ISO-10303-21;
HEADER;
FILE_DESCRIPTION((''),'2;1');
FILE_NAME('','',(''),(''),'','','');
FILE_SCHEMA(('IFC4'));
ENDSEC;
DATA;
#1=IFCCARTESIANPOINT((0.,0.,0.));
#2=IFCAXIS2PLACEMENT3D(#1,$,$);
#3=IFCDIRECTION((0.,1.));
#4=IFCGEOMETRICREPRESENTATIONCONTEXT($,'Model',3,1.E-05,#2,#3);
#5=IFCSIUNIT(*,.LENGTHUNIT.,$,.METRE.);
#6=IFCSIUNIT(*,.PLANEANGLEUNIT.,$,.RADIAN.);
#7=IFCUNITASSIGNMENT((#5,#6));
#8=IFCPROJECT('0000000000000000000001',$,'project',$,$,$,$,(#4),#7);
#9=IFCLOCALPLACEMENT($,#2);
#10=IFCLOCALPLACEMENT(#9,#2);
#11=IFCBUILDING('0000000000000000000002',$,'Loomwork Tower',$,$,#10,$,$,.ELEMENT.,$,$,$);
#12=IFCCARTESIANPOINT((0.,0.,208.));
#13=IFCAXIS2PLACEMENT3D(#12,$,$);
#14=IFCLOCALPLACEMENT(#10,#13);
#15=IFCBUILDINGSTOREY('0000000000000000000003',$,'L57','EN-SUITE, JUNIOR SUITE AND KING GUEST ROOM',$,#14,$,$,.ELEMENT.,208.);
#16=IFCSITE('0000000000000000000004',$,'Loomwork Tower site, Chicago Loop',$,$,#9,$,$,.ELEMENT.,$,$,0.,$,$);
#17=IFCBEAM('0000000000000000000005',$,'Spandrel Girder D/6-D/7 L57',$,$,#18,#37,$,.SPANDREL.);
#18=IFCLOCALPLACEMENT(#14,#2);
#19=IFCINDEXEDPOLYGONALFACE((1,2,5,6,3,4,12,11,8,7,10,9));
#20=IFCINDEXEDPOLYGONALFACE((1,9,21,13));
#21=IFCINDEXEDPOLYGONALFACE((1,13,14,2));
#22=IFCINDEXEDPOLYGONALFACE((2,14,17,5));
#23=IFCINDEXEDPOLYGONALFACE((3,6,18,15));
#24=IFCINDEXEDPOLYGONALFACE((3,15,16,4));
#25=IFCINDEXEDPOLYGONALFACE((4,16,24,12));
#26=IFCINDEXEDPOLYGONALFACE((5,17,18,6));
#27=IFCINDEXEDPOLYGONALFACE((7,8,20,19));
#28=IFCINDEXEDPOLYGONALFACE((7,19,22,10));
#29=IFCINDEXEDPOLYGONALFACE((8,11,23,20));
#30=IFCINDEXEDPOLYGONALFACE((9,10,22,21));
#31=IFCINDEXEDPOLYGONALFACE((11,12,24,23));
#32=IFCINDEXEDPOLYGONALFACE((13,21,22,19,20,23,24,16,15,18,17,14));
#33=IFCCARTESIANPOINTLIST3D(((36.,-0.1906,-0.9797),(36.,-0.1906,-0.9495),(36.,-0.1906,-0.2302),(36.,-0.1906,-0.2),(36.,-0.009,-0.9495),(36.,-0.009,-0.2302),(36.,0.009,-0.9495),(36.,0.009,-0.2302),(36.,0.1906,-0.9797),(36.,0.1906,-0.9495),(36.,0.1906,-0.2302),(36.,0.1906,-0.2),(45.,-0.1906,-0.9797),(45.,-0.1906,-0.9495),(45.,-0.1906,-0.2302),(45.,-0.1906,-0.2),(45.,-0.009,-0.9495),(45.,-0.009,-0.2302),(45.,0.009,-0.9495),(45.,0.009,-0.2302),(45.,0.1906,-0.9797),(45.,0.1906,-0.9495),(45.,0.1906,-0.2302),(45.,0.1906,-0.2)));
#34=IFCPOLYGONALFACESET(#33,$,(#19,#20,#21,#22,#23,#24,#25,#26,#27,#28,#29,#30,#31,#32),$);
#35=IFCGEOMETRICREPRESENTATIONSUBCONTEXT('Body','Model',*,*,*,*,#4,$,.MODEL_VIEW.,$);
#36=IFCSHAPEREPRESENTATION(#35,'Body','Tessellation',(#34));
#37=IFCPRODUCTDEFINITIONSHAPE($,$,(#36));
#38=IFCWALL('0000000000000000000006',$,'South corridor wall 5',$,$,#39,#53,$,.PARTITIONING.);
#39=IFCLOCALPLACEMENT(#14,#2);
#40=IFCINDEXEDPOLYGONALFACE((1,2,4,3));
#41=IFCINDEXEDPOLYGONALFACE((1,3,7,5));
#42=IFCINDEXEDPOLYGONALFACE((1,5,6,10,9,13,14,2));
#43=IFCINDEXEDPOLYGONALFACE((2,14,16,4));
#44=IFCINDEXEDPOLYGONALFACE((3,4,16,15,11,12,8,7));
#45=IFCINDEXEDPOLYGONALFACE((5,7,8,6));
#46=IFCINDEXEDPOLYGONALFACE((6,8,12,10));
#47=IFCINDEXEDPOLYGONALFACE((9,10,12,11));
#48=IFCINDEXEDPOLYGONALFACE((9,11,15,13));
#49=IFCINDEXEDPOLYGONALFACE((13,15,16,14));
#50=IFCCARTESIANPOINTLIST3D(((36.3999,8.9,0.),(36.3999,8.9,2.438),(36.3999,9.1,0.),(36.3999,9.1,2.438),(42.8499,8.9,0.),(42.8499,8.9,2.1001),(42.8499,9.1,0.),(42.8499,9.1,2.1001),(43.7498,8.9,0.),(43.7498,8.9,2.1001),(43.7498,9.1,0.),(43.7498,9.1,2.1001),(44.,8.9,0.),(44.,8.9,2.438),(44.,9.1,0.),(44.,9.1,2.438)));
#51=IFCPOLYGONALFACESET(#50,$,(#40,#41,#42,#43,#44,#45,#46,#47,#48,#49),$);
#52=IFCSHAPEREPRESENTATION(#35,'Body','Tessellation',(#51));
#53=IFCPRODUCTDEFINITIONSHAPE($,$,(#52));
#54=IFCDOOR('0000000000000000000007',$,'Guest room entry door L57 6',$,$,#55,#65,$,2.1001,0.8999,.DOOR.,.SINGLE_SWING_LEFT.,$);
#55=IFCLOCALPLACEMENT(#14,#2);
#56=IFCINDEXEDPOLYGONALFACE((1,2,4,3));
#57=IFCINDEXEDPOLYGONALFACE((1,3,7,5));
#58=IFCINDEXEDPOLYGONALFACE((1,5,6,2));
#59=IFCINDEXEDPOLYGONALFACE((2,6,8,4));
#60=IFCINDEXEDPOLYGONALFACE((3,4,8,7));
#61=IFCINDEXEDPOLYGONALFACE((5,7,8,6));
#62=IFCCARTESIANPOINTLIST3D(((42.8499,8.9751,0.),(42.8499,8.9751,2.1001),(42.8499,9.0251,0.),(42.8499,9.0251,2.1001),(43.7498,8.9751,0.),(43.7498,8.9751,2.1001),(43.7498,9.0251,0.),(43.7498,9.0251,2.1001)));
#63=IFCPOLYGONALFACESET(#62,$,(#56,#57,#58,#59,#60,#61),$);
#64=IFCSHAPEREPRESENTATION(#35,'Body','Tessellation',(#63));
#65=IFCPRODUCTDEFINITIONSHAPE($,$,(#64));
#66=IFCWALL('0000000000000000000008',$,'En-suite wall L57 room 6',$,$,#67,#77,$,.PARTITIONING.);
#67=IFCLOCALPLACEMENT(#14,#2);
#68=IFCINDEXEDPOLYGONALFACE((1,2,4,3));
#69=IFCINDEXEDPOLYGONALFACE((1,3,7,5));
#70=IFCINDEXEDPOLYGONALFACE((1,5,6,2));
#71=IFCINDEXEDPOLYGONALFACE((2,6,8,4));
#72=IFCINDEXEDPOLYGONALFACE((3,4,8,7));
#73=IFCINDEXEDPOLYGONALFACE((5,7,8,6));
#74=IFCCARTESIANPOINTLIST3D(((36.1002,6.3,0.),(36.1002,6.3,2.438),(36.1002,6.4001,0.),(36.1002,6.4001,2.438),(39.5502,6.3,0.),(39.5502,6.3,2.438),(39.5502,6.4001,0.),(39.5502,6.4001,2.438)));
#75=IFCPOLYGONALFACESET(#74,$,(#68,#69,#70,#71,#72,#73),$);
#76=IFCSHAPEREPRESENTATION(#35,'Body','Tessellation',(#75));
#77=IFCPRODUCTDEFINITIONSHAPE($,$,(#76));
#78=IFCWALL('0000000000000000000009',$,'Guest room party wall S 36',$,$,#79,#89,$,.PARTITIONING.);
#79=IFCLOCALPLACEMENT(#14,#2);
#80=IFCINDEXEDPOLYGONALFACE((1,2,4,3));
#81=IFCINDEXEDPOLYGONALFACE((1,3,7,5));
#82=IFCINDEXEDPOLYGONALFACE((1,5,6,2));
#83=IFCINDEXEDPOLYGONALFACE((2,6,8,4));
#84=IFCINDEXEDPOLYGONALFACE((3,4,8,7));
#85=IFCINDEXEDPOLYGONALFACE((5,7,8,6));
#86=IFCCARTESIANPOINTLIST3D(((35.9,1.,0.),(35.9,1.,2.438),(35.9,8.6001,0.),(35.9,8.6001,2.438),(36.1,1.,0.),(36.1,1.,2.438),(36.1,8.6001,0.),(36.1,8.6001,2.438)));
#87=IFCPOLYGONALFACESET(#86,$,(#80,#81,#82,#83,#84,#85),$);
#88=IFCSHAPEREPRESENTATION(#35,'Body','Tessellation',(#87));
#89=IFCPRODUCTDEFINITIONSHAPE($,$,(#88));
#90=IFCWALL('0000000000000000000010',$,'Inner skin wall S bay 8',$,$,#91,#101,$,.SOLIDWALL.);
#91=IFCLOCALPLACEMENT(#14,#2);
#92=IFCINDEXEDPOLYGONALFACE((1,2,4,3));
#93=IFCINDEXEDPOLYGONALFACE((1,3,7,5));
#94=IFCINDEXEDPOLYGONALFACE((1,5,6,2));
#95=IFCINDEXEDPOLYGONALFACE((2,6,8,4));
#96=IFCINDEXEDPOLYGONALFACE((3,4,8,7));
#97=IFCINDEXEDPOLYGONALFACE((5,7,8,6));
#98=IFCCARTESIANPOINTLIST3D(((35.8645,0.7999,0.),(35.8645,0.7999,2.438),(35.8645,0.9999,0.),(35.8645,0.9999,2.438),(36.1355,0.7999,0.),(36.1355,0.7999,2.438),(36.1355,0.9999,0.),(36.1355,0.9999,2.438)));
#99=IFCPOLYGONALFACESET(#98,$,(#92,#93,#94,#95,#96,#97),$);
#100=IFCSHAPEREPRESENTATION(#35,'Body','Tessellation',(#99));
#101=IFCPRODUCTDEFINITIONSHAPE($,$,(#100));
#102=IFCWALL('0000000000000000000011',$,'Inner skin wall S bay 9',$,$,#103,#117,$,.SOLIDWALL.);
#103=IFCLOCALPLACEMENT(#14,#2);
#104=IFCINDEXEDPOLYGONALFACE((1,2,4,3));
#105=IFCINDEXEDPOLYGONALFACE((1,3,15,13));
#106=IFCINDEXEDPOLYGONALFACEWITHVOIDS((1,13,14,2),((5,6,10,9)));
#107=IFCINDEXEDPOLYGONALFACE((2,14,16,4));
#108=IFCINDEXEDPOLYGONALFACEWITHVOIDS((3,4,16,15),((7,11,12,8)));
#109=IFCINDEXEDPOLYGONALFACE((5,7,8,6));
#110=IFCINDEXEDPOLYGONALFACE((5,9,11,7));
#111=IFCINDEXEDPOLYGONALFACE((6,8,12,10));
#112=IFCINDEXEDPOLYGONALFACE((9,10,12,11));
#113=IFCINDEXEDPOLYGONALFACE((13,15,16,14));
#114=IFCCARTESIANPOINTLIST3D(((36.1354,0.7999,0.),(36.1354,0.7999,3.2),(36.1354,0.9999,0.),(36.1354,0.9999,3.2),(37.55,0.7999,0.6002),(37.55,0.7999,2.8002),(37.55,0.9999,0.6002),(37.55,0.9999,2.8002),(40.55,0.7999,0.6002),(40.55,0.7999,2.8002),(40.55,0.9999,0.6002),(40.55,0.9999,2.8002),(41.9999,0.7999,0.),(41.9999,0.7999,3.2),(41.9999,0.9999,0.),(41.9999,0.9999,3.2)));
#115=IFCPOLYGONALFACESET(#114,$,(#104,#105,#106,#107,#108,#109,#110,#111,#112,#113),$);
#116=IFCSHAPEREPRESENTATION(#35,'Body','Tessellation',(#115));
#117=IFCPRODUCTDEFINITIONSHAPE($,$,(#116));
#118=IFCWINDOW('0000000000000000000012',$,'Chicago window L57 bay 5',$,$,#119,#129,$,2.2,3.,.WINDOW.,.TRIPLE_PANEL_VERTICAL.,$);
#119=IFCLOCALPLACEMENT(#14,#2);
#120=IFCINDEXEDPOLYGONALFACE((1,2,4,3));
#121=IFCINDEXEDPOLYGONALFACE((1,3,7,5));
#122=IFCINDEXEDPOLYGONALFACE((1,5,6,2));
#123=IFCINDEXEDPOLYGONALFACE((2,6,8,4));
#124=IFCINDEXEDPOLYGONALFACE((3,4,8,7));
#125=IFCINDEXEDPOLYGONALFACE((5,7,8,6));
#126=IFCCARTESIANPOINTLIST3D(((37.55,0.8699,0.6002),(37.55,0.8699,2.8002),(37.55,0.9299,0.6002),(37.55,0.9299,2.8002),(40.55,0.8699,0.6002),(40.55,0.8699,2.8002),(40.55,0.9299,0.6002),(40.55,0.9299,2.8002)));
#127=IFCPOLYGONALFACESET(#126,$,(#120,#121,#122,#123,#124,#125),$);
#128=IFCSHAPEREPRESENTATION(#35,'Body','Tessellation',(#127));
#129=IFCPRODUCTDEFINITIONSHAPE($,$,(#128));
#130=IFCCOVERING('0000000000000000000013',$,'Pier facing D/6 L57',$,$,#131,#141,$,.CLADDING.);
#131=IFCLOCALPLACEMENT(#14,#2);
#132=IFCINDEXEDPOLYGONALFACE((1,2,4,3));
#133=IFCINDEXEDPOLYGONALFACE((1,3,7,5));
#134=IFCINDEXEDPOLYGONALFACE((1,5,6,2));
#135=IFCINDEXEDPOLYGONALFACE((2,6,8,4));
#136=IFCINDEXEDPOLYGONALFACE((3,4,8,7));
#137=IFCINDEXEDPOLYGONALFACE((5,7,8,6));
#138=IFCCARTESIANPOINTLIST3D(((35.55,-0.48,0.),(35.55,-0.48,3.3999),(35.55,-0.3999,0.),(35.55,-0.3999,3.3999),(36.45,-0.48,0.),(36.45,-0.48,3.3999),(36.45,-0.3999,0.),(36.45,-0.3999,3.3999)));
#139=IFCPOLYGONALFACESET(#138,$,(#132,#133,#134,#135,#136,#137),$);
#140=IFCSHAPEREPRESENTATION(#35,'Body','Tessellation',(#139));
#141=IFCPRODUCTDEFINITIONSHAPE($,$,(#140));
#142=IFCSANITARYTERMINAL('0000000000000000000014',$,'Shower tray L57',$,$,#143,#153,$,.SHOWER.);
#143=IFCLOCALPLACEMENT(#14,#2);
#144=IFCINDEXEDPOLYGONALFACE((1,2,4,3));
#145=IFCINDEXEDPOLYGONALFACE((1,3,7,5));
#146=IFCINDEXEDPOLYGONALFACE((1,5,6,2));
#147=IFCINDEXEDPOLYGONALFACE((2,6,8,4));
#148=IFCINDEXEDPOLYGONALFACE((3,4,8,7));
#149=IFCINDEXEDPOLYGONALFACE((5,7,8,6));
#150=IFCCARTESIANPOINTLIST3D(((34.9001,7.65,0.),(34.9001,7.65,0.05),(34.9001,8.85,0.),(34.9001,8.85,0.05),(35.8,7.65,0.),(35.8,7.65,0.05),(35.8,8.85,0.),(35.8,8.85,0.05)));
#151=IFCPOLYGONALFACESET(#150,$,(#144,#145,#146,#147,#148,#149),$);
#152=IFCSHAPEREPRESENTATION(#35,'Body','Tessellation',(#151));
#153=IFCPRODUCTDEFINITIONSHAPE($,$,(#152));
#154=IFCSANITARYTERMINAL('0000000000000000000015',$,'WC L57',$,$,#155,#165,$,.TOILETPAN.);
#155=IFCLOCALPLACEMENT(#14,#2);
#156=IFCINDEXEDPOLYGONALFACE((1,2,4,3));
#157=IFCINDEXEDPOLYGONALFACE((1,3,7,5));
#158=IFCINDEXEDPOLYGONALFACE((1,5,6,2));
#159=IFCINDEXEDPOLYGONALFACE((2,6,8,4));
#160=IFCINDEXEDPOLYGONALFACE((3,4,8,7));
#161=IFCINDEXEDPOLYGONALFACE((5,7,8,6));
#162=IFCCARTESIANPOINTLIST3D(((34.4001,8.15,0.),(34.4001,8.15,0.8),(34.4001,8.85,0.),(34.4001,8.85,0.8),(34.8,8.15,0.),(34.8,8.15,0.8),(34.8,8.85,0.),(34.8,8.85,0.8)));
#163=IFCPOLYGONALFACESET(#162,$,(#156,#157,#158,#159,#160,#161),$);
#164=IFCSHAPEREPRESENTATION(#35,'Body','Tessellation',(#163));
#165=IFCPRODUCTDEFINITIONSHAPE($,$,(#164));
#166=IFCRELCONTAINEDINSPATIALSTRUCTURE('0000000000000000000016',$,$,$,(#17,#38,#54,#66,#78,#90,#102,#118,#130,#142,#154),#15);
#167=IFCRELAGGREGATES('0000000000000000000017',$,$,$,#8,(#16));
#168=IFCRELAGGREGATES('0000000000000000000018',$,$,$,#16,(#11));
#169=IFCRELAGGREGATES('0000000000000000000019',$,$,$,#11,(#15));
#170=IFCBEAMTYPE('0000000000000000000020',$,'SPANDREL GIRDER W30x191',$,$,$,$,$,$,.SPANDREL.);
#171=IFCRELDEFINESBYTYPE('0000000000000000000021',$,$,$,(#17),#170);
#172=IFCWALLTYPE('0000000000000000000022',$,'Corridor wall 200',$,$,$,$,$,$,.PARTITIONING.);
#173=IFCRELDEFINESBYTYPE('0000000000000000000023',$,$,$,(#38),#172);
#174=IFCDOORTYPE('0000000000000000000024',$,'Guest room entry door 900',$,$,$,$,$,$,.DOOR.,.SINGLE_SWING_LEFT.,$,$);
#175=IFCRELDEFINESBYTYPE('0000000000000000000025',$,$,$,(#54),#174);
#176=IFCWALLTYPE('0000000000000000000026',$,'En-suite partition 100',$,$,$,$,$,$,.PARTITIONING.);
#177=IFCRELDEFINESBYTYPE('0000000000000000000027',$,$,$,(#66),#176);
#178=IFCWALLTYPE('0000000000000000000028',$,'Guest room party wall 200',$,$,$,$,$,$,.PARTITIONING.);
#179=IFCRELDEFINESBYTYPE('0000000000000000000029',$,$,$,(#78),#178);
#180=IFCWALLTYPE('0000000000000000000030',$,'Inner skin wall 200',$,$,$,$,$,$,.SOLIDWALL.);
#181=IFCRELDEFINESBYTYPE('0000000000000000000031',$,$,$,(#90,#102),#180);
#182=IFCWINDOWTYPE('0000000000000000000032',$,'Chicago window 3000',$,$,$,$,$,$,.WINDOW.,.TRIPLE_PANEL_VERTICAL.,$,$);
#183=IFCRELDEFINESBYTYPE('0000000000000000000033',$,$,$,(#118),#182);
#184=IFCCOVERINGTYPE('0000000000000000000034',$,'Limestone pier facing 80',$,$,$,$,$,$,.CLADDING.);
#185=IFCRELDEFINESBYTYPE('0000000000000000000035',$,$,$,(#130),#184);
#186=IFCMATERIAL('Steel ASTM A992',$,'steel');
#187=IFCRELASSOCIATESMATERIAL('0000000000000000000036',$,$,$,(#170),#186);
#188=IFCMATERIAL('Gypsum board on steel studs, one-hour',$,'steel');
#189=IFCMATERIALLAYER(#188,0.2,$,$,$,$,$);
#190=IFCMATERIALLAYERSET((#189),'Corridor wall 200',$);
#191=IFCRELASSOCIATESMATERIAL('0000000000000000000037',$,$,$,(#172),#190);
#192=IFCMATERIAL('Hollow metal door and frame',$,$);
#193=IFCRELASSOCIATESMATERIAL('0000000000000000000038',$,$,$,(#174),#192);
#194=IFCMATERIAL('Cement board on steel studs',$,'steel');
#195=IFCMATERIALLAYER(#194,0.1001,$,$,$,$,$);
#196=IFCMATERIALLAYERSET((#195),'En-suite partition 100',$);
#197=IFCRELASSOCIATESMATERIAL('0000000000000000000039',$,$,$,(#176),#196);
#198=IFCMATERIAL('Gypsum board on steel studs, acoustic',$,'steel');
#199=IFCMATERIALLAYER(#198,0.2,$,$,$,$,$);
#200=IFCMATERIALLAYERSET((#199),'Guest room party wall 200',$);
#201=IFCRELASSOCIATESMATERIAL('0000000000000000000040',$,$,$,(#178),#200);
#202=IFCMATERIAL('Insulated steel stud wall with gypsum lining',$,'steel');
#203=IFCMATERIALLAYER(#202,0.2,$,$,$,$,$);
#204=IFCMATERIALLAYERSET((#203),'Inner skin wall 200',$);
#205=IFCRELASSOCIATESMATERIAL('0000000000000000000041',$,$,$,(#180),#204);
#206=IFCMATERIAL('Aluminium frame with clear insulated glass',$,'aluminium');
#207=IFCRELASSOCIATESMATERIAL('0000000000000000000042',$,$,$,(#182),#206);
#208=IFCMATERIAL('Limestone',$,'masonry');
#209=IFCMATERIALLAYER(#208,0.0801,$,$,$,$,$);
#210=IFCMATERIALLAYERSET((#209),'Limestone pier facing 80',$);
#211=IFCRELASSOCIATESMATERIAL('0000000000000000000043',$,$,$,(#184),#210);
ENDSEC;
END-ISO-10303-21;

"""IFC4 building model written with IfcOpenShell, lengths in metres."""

from ifc_helpers import new_model, si_unit, direction, frame, frame_2d, origin, origin_2d, place, context, subcontext, project, spatial, rectangle, i_section, extrude, material, layer, layer_set, material_profile, profile_set, type_object, element, fill, save


model = new_model("IFC4")

# Units and contexts
model_context = context("Model", 3, precision=1e-05, world=origin(), true_north=direction((0.0, 1.0)))
body_context = subcontext(model_context, "Body", "Model", "MODEL_VIEW")
ifc_project = project(units=[si_unit("LENGTHUNIT", "METRE"), si_unit("PLANEANGLEUNIT", "RADIAN")], contexts=[model_context])

# Site, building, storey
site_placement = place(None, origin())
site = spatial("IfcSite", under=ifc_project, at=site_placement, Name="Loomwork Tower site, Chicago Loop", CompositionType="ELEMENT", RefElevation=0.0)
building_placement = place(site_placement, origin())
building = spatial("IfcBuilding", under=site, at=building_placement, Name="Loomwork Tower", CompositionType="ELEMENT")
storey_placement = place(building_placement, frame((0.0, 0.0, 208.0)))
storey = spatial("IfcBuildingStorey", under=building, at=storey_placement, Name="L57", Description="EN-SUITE, JUNIOR SUITE AND KING GUEST ROOM", CompositionType="ELEMENT", Elevation=208.0)

# Beam
ifc_material_1 = material(Name="Steel ASTM A992", Category="steel")
ifc_material_profile_1 = material_profile(ifc_material_1, i_section(OverallWidth=0.3811, OverallDepth=0.7798, WebThickness=0.0181, FlangeThickness=0.0303, at=origin_2d()), Name="W30x191")
ifc_profile_set_1 = profile_set([ifc_material_profile_1], Name="Steel ASTM A992")
beam_type_1 = type_object("IfcBeamType", Name="SPANDREL GIRDER W30x191", PredefinedType="SPANDREL", material=ifc_profile_set_1)
beam_1_placement = place(storey_placement, frame((36.0, 0.0, -0.5898), z_axis=(1.0, 0.0, 0.0), x_axis=(0.0, 1.0, 0.0)))
element("IfcBeam", 1, at=beam_1_placement, inside=storey, type_object=beam_type_1, Name="Spandrel Girder D/6-D/7 L57", PredefinedType="SPANDREL", context=body_context, shape_type="SweptSolid", body=[
    extrude(i_section(OverallWidth=0.3811, OverallDepth=0.7798, WebThickness=0.0181, FlangeThickness=0.0303, at=origin_2d()), origin(), (0.0, 0.0, 1.0), 9.0),
])

# Wall, opening, door
ifc_material_2 = material(Name="Gypsum board on steel studs, one-hour", Category="steel")
ifc_layer_1 = layer(ifc_material_2, 0.2)
ifc_layer_set_1 = layer_set([ifc_layer_1], Name="Corridor wall 200")
wall_type_1 = type_object("IfcWallType", Name="Corridor wall 200", PredefinedType="PARTITIONING", material=ifc_layer_set_1)
wall_1_placement = place(storey_placement, frame((36.3999, 9.0, 0.0), z_axis=(0.0, 0.0, 1.0), x_axis=(1.0, 0.0, 0.0)))
wall_1 = element("IfcWall", 2, at=wall_1_placement, inside=storey, type_object=wall_type_1, Name="South corridor wall 5", PredefinedType="PARTITIONING", context=body_context, shape_type="SweptSolid", body=[
    extrude(rectangle(XDim=7.6001, YDim=0.2, at=frame_2d((3.8, 0.0))), origin(), (0.0, 0.0, 1.0), 2.438),
])
opening_1_placement = place(wall_1_placement, frame((6.45, 0.0, 0.0)))
opening_1 = element("IfcOpeningElement", 3, at=opening_1_placement, cuts=wall_1, PredefinedType="OPENING", context=body_context, shape_type="SweptSolid", body=[
    extrude(rectangle(XDim=0.8999, YDim=2.1001, at=frame_2d((0.45, 1.05))), frame((0.0, 0.1099, 0.0), z_axis=(0.0, -1.0, 0.0), x_axis=(1.0, 0.0, 0.0)), (0.0, 0.0, 1.0), 0.22),
])
ifc_material_3 = material(Name="Hollow metal door and frame")
door_type = type_object("IfcDoorType", Name="Guest room entry door 900", OperationType="SINGLE_SWING_LEFT", PredefinedType="DOOR", material=ifc_material_3)
door_placement = place(opening_1_placement, frame((0.8999, 0.0, 0.0), z_axis=(0.0, 0.0, 1.0), x_axis=(-1.0, 0.0, 0.0)))
door = element("IfcDoor", 4, at=door_placement, inside=storey, type_object=door_type, Name="Guest room entry door L57 6", OperationType="SINGLE_SWING_LEFT", OverallHeight=2.1001, OverallWidth=0.8999, PredefinedType="DOOR", context=body_context, shape_type="SweptSolid", body=[
    extrude(rectangle(XDim=0.8999, YDim=2.1001, at=frame_2d((0.45, 1.05))), frame((0.0, 0.0249, 0.0), z_axis=(0.0, -1.0, 0.0), x_axis=(1.0, 0.0, 0.0)), (0.0, 0.0, 1.0), 0.05),
])
fill(opening_1, door)

# Walls
ifc_material_4 = material(Name="Cement board on steel studs", Category="steel")
ifc_layer_2 = layer(ifc_material_4, 0.1001)
ifc_layer_set_2 = layer_set([ifc_layer_2], Name="En-suite partition 100")
wall_type_2 = type_object("IfcWallType", Name="En-suite partition 100", PredefinedType="PARTITIONING", material=ifc_layer_set_2)
wall_2_placement = place(storey_placement, frame((36.1001, 6.3501, 0.0), z_axis=(0.0, 0.0, 1.0), x_axis=(1.0, 0.0, 0.0)))
element("IfcWall", 5, at=wall_2_placement, inside=storey, type_object=wall_type_2, Name="En-suite wall L57 room 6", PredefinedType="PARTITIONING", context=body_context, shape_type="SweptSolid", body=[
    extrude(rectangle(XDim=3.45, YDim=0.1001, at=frame_2d((1.7251, 0.0))), origin(), (0.0, 0.0, 1.0), 2.438),
])
ifc_material_5 = material(Name="Gypsum board on steel studs, acoustic", Category="steel")
ifc_layer_3 = layer(ifc_material_5, 0.2)
ifc_layer_set_3 = layer_set([ifc_layer_3], Name="Guest room party wall 200")
wall_type_3 = type_object("IfcWallType", Name="Guest room party wall 200", PredefinedType="PARTITIONING", material=ifc_layer_set_3)
wall_3_placement = place(storey_placement, frame((36.0, 8.6001, 0.0), z_axis=(0.0, 0.0, 1.0), x_axis=(0.0, -1.0, 0.0)))
element("IfcWall", 6, at=wall_3_placement, inside=storey, type_object=wall_type_3, Name="Guest room party wall S 36", PredefinedType="PARTITIONING", context=body_context, shape_type="SweptSolid", body=[
    extrude(rectangle(XDim=7.6001, YDim=0.2, at=frame_2d((3.8, 0.0))), origin(), (0.0, 0.0, 1.0), 2.438),
])
ifc_material_6 = material(Name="Insulated steel stud wall with gypsum lining", Category="steel")
ifc_layer_4 = layer(ifc_material_6, 0.2)
ifc_layer_set_4 = layer_set([ifc_layer_4], Name="Inner skin wall 200")
wall_type_4 = type_object("IfcWallType", Name="Inner skin wall 200", PredefinedType="SOLIDWALL", material=ifc_layer_set_4)
wall_4_placement = place(storey_placement, frame((35.8645, 0.8999, 0.0), z_axis=(0.0, 0.0, 1.0), x_axis=(1.0, 0.0, 0.0)))
element("IfcWall", 7, at=wall_4_placement, inside=storey, type_object=wall_type_4, Name="Inner skin wall S bay 8", PredefinedType="SOLIDWALL", context=body_context, shape_type="SweptSolid", body=[
    extrude(rectangle(XDim=0.271, YDim=0.2, at=frame_2d((0.1355, 0.0))), origin(), (0.0, 0.0, 1.0), 2.438),
])

# Wall, opening, window
wall_5_placement = place(storey_placement, frame((36.1355, 0.8999, 0.0), z_axis=(0.0, 0.0, 1.0), x_axis=(1.0, 0.0, 0.0)))
wall_5 = element("IfcWall", 8, at=wall_5_placement, inside=storey, type_object=wall_type_4, Name="Inner skin wall S bay 9", PredefinedType="SOLIDWALL", context=body_context, shape_type="SweptSolid", body=[
    extrude(rectangle(XDim=5.8645, YDim=0.2, at=frame_2d((2.9321, 0.0))), origin(), (0.0, 0.0, 1.0), 3.2),
])
opening_2_placement = place(wall_5_placement, frame((1.4146, 0.0, 0.6001)))
opening_2 = element("IfcOpeningElement", 9, at=opening_2_placement, cuts=wall_5, PredefinedType="OPENING", context=body_context, shape_type="SweptSolid", body=[
    extrude(rectangle(XDim=3.0, YDim=2.2, at=frame_2d((1.5, 1.1001))), frame((0.0, 0.1099, 0.0), z_axis=(0.0, -1.0, 0.0), x_axis=(1.0, 0.0, 0.0)), (0.0, 0.0, 1.0), 0.22),
])
ifc_material_7 = material(Name="Aluminium frame with clear insulated glass", Category="aluminium")
window_type = type_object("IfcWindowType", Name="Chicago window 3000", PartitioningType="TRIPLE_PANEL_VERTICAL", PredefinedType="WINDOW", material=ifc_material_7)
window_placement = place(opening_2_placement, origin())
window = element("IfcWindow", 10, at=window_placement, inside=storey, type_object=window_type, Name="Chicago window L57 bay 5", OverallHeight=2.2, OverallWidth=3.0, PartitioningType="TRIPLE_PANEL_VERTICAL", PredefinedType="WINDOW", context=body_context, shape_type="SweptSolid", body=[
    extrude(rectangle(XDim=3.0, YDim=2.2, at=frame_2d((1.5, 1.1001))), frame((0.0, 0.03, 0.0), z_axis=(0.0, -1.0, 0.0), x_axis=(1.0, 0.0, 0.0)), (0.0, 0.0, 1.0), 0.0601),
])
fill(opening_2, window)

# Covering
ifc_material_8 = material(Name="Limestone", Category="masonry")
ifc_layer_5 = layer(ifc_material_8, 0.0801)
ifc_layer_set_5 = layer_set([ifc_layer_5], Name="Limestone pier facing 80")
covering_type = type_object("IfcCoveringType", Name="Limestone pier facing 80", PredefinedType="CLADDING", material=ifc_layer_set_5)
covering_placement = place(storey_placement, frame((36.0, -0.4399, 0.0), z_axis=(0.0, 0.0, 1.0), x_axis=(1.0, 0.0, 0.0)))
element("IfcCovering", 11, at=covering_placement, inside=storey, type_object=covering_type, Name="Pier facing D/6 L57", PredefinedType="CLADDING", context=body_context, shape_type="SweptSolid", body=[
    extrude(rectangle(XDim=0.8999, YDim=0.0801, at=origin_2d()), origin(), (0.0, 0.0, 1.0), 3.3999),
])

# Sanitary terminals
sanitary_terminal_1_placement = place(storey_placement, frame((35.3501, 8.25, 0.0), z_axis=(0.0, 0.0, 1.0), x_axis=(1.0, 0.0, 0.0)))
element("IfcSanitaryTerminal", 12, at=sanitary_terminal_1_placement, inside=storey, Name="Shower tray L57", PredefinedType="SHOWER", context=body_context, shape_type="SweptSolid", body=[
    extrude(rectangle(XDim=0.8999, YDim=1.2, at=origin_2d()), origin(), (0.0, 0.0, 1.0), 0.05),
])
sanitary_terminal_2_placement = place(storey_placement, frame((34.6001, 8.5, 0.0), z_axis=(0.0, 0.0, 1.0), x_axis=(1.0, 0.0, 0.0)))
element("IfcSanitaryTerminal", 13, at=sanitary_terminal_2_placement, inside=storey, Name="WC L57", PredefinedType="TOILETPAN", context=body_context, shape_type="SweptSolid", body=[
    extrude(rectangle(XDim=0.3999, YDim=0.7, at=origin_2d()), origin(), (0.0, 0.0, 1.0), 0.8),
])

save(model, "model.ifc")
